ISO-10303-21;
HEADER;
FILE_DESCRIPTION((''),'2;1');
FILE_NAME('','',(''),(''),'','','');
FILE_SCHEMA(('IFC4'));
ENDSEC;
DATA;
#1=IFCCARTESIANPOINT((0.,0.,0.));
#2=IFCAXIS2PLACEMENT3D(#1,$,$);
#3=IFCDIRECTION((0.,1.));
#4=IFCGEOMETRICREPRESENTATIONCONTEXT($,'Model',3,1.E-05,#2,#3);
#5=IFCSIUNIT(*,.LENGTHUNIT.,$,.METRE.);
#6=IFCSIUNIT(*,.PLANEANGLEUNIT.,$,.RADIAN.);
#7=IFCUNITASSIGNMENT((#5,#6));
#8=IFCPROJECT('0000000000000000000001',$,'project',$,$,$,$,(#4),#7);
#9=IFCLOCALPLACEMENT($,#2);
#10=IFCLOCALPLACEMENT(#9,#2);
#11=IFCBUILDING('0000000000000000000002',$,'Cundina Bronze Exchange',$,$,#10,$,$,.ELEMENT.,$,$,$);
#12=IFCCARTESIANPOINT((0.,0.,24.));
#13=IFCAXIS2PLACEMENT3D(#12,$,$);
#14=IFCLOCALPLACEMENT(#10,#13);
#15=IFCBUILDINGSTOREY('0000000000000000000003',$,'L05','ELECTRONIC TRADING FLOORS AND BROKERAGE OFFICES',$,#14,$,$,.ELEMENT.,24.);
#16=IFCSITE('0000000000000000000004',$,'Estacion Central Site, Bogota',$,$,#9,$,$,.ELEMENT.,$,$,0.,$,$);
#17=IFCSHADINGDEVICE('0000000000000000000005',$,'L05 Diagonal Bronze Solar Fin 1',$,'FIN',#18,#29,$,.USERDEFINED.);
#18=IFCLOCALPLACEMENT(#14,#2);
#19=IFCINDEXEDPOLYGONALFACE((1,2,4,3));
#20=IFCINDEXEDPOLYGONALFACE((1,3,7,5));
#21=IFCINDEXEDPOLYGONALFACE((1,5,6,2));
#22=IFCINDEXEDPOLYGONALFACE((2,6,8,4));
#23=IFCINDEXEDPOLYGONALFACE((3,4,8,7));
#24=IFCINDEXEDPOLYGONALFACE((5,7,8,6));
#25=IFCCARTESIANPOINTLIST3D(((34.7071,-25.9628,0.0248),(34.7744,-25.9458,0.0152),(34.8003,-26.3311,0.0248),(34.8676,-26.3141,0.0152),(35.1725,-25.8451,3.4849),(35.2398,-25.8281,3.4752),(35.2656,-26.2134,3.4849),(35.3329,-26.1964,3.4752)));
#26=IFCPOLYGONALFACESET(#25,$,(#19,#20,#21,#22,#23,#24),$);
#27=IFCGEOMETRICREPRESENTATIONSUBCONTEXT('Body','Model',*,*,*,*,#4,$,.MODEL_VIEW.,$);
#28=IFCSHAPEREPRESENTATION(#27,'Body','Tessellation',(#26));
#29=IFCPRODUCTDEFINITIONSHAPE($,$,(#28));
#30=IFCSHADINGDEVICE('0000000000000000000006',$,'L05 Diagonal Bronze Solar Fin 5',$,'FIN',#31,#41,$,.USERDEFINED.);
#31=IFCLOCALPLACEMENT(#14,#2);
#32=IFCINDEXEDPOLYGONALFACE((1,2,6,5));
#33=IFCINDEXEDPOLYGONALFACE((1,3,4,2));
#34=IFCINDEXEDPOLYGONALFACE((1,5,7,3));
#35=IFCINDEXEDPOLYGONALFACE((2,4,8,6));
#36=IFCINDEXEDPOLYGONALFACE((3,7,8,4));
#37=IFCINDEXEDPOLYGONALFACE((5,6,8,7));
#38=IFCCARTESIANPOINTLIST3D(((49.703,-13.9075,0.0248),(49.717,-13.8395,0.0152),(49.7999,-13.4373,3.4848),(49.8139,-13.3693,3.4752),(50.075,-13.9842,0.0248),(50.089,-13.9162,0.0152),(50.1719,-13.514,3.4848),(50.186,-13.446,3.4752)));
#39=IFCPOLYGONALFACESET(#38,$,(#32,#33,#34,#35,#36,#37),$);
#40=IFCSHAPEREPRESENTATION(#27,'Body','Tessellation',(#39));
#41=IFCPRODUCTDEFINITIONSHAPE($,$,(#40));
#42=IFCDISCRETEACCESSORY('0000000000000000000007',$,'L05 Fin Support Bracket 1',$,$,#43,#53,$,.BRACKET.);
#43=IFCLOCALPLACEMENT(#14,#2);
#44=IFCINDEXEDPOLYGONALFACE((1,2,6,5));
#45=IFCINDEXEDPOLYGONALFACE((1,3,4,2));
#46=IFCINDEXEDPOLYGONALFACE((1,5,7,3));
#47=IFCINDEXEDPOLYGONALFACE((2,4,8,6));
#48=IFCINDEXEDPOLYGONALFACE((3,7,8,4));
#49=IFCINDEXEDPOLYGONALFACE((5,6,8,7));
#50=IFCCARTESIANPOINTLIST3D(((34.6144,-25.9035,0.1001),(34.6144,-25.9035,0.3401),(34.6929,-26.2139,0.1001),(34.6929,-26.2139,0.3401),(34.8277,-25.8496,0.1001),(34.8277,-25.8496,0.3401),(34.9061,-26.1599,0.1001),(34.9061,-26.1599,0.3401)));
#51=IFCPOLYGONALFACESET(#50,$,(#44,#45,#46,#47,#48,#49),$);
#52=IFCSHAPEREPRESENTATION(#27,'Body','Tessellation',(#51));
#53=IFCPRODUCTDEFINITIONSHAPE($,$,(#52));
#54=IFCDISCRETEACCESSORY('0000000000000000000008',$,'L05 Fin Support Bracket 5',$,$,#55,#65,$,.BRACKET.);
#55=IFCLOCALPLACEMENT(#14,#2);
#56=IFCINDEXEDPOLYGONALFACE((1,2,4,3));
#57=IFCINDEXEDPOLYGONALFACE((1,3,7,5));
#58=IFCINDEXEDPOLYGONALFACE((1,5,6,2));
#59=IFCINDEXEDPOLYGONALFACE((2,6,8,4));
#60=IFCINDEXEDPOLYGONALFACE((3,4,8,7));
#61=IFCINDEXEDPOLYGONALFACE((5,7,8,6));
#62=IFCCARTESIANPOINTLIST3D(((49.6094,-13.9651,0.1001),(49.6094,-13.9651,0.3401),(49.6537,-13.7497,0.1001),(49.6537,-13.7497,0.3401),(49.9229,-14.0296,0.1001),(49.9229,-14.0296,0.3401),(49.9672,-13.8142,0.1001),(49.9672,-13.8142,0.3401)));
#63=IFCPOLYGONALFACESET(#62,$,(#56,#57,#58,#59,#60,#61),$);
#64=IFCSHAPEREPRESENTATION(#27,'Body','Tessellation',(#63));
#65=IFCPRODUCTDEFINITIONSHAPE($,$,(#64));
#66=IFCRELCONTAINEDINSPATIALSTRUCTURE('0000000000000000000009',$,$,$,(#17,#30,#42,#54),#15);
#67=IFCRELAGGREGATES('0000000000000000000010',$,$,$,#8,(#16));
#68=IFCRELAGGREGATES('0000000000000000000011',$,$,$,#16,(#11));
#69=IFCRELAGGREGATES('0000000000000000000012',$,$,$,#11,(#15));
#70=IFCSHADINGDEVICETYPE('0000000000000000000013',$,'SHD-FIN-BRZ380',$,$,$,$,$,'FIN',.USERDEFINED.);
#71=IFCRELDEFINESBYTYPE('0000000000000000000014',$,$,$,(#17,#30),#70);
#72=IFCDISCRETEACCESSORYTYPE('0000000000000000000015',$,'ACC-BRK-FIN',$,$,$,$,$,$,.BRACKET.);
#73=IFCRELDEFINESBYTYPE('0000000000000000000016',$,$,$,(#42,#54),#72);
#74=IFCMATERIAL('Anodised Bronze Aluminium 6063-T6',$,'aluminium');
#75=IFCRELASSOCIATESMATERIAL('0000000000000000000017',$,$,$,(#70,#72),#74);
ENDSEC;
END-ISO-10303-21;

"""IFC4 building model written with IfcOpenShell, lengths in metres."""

from ifc_helpers import new_model, si_unit, direction, frame, origin, origin_2d, place, context, subcontext, project, spatial, rectangle, extrude, material, material_profile, profile_set, type_object, element, save


model = new_model("IFC4")

# Units and contexts
model_context = context("Model", 3, precision=1e-05, world=origin(), true_north=direction((0.0, 1.0)))
body_context = subcontext(model_context, "Body", "Model", "MODEL_VIEW")
ifc_project = project(units=[si_unit("LENGTHUNIT", "METRE"), si_unit("PLANEANGLEUNIT", "RADIAN")], contexts=[model_context])

# Site, building, storey
site_placement = place(None, origin())
site = spatial("IfcSite", under=ifc_project, at=site_placement, Name="Estacion Central Site, Bogota", CompositionType="ELEMENT", RefElevation=0.0)
building_placement = place(site_placement, origin())
building = spatial("IfcBuilding", under=site, at=building_placement, Name="Cundina Bronze Exchange", CompositionType="ELEMENT")
storey_placement = place(building_placement, frame((0.0, 0.0, 24.0)))
storey = spatial("IfcBuildingStorey", under=building, at=storey_placement, Name="L05", Description="ELECTRONIC TRADING FLOORS AND BROKERAGE OFFICES", CompositionType="ELEMENT", Elevation=24.0)

# Shared definitions
ifc_material_1 = material(Name="Anodised Bronze Aluminium 6063-T6", Category="aluminium")

# Shading devices
ifc_material_profile_1 = material_profile(ifc_material_1, rectangle(XDim=0.0701, YDim=0.3799, at=origin_2d()), Name="FIN70X380", Category="aluminium")
ifc_profile_set_1 = profile_set([ifc_material_profile_1], Name="Anodised Bronze Aluminium 6063-T6")
shading_device_type = type_object("IfcShadingDeviceType", Name="SHD-FIN-BRZ380", ElementType="FIN", PredefinedType="USERDEFINED", material=ifc_profile_set_1)
for number, where, z_axis, x_axis, name in (
    (1, (34.7874, -26.1384, 0.02), (0.133215, 0.033688, 0.990514), (-0.960285, -0.242842, 0.137408), "L05 Diagonal Bronze Solar Fin 1"),
    (2, (49.896, -13.9119, 0.02), (0.027747, 0.134612, 0.99051), (-0.199967, -0.970115, 0.137442), "L05 Diagonal Bronze Solar Fin 5"),
):
    element("IfcShadingDevice", number, at=place(storey_placement, frame(where, z_axis=z_axis, x_axis=x_axis)), inside=storey, type_object=shading_device_type, Name=name, ObjectType="FIN", PredefinedType="USERDEFINED", context=body_context, shape_type="SweptSolid", body=[
        extrude(rectangle(XDim=0.0701, YDim=0.3799, at=origin_2d()), origin(), (0.0, 0.0, 1.0), 3.4932),
    ])

# Discrete accessories
discrete_accessory_type = type_object("IfcDiscreteAccessoryType", Name="ACC-BRK-FIN", PredefinedType="BRACKET", material=ifc_material_1)
for number, where, z_axis, x_axis, name in (
    (3, (34.7603, -26.0317, 0.1001), (0.0, 0.0, 1.0), (0.969488, 0.245138, 0.0), "L05 Fin Support Bracket 1"),
    (4, (49.7883, -13.8896, 0.1001), (0.0, 0.0, 1.0), (0.20142, 0.979505, 0.0), "L05 Fin Support Bracket 5"),
):
    element("IfcDiscreteAccessory", number, at=place(storey_placement, frame(where, z_axis=z_axis, x_axis=x_axis)), inside=storey, type_object=discrete_accessory_type, Name=name, PredefinedType="BRACKET", context=body_context, shape_type="SweptSolid", body=[
        extrude(rectangle(XDim=0.22, YDim=0.3201, at=origin_2d()), origin(), (0.0, 0.0, 1.0), 0.24),
    ])

save(model, "model.ifc")
